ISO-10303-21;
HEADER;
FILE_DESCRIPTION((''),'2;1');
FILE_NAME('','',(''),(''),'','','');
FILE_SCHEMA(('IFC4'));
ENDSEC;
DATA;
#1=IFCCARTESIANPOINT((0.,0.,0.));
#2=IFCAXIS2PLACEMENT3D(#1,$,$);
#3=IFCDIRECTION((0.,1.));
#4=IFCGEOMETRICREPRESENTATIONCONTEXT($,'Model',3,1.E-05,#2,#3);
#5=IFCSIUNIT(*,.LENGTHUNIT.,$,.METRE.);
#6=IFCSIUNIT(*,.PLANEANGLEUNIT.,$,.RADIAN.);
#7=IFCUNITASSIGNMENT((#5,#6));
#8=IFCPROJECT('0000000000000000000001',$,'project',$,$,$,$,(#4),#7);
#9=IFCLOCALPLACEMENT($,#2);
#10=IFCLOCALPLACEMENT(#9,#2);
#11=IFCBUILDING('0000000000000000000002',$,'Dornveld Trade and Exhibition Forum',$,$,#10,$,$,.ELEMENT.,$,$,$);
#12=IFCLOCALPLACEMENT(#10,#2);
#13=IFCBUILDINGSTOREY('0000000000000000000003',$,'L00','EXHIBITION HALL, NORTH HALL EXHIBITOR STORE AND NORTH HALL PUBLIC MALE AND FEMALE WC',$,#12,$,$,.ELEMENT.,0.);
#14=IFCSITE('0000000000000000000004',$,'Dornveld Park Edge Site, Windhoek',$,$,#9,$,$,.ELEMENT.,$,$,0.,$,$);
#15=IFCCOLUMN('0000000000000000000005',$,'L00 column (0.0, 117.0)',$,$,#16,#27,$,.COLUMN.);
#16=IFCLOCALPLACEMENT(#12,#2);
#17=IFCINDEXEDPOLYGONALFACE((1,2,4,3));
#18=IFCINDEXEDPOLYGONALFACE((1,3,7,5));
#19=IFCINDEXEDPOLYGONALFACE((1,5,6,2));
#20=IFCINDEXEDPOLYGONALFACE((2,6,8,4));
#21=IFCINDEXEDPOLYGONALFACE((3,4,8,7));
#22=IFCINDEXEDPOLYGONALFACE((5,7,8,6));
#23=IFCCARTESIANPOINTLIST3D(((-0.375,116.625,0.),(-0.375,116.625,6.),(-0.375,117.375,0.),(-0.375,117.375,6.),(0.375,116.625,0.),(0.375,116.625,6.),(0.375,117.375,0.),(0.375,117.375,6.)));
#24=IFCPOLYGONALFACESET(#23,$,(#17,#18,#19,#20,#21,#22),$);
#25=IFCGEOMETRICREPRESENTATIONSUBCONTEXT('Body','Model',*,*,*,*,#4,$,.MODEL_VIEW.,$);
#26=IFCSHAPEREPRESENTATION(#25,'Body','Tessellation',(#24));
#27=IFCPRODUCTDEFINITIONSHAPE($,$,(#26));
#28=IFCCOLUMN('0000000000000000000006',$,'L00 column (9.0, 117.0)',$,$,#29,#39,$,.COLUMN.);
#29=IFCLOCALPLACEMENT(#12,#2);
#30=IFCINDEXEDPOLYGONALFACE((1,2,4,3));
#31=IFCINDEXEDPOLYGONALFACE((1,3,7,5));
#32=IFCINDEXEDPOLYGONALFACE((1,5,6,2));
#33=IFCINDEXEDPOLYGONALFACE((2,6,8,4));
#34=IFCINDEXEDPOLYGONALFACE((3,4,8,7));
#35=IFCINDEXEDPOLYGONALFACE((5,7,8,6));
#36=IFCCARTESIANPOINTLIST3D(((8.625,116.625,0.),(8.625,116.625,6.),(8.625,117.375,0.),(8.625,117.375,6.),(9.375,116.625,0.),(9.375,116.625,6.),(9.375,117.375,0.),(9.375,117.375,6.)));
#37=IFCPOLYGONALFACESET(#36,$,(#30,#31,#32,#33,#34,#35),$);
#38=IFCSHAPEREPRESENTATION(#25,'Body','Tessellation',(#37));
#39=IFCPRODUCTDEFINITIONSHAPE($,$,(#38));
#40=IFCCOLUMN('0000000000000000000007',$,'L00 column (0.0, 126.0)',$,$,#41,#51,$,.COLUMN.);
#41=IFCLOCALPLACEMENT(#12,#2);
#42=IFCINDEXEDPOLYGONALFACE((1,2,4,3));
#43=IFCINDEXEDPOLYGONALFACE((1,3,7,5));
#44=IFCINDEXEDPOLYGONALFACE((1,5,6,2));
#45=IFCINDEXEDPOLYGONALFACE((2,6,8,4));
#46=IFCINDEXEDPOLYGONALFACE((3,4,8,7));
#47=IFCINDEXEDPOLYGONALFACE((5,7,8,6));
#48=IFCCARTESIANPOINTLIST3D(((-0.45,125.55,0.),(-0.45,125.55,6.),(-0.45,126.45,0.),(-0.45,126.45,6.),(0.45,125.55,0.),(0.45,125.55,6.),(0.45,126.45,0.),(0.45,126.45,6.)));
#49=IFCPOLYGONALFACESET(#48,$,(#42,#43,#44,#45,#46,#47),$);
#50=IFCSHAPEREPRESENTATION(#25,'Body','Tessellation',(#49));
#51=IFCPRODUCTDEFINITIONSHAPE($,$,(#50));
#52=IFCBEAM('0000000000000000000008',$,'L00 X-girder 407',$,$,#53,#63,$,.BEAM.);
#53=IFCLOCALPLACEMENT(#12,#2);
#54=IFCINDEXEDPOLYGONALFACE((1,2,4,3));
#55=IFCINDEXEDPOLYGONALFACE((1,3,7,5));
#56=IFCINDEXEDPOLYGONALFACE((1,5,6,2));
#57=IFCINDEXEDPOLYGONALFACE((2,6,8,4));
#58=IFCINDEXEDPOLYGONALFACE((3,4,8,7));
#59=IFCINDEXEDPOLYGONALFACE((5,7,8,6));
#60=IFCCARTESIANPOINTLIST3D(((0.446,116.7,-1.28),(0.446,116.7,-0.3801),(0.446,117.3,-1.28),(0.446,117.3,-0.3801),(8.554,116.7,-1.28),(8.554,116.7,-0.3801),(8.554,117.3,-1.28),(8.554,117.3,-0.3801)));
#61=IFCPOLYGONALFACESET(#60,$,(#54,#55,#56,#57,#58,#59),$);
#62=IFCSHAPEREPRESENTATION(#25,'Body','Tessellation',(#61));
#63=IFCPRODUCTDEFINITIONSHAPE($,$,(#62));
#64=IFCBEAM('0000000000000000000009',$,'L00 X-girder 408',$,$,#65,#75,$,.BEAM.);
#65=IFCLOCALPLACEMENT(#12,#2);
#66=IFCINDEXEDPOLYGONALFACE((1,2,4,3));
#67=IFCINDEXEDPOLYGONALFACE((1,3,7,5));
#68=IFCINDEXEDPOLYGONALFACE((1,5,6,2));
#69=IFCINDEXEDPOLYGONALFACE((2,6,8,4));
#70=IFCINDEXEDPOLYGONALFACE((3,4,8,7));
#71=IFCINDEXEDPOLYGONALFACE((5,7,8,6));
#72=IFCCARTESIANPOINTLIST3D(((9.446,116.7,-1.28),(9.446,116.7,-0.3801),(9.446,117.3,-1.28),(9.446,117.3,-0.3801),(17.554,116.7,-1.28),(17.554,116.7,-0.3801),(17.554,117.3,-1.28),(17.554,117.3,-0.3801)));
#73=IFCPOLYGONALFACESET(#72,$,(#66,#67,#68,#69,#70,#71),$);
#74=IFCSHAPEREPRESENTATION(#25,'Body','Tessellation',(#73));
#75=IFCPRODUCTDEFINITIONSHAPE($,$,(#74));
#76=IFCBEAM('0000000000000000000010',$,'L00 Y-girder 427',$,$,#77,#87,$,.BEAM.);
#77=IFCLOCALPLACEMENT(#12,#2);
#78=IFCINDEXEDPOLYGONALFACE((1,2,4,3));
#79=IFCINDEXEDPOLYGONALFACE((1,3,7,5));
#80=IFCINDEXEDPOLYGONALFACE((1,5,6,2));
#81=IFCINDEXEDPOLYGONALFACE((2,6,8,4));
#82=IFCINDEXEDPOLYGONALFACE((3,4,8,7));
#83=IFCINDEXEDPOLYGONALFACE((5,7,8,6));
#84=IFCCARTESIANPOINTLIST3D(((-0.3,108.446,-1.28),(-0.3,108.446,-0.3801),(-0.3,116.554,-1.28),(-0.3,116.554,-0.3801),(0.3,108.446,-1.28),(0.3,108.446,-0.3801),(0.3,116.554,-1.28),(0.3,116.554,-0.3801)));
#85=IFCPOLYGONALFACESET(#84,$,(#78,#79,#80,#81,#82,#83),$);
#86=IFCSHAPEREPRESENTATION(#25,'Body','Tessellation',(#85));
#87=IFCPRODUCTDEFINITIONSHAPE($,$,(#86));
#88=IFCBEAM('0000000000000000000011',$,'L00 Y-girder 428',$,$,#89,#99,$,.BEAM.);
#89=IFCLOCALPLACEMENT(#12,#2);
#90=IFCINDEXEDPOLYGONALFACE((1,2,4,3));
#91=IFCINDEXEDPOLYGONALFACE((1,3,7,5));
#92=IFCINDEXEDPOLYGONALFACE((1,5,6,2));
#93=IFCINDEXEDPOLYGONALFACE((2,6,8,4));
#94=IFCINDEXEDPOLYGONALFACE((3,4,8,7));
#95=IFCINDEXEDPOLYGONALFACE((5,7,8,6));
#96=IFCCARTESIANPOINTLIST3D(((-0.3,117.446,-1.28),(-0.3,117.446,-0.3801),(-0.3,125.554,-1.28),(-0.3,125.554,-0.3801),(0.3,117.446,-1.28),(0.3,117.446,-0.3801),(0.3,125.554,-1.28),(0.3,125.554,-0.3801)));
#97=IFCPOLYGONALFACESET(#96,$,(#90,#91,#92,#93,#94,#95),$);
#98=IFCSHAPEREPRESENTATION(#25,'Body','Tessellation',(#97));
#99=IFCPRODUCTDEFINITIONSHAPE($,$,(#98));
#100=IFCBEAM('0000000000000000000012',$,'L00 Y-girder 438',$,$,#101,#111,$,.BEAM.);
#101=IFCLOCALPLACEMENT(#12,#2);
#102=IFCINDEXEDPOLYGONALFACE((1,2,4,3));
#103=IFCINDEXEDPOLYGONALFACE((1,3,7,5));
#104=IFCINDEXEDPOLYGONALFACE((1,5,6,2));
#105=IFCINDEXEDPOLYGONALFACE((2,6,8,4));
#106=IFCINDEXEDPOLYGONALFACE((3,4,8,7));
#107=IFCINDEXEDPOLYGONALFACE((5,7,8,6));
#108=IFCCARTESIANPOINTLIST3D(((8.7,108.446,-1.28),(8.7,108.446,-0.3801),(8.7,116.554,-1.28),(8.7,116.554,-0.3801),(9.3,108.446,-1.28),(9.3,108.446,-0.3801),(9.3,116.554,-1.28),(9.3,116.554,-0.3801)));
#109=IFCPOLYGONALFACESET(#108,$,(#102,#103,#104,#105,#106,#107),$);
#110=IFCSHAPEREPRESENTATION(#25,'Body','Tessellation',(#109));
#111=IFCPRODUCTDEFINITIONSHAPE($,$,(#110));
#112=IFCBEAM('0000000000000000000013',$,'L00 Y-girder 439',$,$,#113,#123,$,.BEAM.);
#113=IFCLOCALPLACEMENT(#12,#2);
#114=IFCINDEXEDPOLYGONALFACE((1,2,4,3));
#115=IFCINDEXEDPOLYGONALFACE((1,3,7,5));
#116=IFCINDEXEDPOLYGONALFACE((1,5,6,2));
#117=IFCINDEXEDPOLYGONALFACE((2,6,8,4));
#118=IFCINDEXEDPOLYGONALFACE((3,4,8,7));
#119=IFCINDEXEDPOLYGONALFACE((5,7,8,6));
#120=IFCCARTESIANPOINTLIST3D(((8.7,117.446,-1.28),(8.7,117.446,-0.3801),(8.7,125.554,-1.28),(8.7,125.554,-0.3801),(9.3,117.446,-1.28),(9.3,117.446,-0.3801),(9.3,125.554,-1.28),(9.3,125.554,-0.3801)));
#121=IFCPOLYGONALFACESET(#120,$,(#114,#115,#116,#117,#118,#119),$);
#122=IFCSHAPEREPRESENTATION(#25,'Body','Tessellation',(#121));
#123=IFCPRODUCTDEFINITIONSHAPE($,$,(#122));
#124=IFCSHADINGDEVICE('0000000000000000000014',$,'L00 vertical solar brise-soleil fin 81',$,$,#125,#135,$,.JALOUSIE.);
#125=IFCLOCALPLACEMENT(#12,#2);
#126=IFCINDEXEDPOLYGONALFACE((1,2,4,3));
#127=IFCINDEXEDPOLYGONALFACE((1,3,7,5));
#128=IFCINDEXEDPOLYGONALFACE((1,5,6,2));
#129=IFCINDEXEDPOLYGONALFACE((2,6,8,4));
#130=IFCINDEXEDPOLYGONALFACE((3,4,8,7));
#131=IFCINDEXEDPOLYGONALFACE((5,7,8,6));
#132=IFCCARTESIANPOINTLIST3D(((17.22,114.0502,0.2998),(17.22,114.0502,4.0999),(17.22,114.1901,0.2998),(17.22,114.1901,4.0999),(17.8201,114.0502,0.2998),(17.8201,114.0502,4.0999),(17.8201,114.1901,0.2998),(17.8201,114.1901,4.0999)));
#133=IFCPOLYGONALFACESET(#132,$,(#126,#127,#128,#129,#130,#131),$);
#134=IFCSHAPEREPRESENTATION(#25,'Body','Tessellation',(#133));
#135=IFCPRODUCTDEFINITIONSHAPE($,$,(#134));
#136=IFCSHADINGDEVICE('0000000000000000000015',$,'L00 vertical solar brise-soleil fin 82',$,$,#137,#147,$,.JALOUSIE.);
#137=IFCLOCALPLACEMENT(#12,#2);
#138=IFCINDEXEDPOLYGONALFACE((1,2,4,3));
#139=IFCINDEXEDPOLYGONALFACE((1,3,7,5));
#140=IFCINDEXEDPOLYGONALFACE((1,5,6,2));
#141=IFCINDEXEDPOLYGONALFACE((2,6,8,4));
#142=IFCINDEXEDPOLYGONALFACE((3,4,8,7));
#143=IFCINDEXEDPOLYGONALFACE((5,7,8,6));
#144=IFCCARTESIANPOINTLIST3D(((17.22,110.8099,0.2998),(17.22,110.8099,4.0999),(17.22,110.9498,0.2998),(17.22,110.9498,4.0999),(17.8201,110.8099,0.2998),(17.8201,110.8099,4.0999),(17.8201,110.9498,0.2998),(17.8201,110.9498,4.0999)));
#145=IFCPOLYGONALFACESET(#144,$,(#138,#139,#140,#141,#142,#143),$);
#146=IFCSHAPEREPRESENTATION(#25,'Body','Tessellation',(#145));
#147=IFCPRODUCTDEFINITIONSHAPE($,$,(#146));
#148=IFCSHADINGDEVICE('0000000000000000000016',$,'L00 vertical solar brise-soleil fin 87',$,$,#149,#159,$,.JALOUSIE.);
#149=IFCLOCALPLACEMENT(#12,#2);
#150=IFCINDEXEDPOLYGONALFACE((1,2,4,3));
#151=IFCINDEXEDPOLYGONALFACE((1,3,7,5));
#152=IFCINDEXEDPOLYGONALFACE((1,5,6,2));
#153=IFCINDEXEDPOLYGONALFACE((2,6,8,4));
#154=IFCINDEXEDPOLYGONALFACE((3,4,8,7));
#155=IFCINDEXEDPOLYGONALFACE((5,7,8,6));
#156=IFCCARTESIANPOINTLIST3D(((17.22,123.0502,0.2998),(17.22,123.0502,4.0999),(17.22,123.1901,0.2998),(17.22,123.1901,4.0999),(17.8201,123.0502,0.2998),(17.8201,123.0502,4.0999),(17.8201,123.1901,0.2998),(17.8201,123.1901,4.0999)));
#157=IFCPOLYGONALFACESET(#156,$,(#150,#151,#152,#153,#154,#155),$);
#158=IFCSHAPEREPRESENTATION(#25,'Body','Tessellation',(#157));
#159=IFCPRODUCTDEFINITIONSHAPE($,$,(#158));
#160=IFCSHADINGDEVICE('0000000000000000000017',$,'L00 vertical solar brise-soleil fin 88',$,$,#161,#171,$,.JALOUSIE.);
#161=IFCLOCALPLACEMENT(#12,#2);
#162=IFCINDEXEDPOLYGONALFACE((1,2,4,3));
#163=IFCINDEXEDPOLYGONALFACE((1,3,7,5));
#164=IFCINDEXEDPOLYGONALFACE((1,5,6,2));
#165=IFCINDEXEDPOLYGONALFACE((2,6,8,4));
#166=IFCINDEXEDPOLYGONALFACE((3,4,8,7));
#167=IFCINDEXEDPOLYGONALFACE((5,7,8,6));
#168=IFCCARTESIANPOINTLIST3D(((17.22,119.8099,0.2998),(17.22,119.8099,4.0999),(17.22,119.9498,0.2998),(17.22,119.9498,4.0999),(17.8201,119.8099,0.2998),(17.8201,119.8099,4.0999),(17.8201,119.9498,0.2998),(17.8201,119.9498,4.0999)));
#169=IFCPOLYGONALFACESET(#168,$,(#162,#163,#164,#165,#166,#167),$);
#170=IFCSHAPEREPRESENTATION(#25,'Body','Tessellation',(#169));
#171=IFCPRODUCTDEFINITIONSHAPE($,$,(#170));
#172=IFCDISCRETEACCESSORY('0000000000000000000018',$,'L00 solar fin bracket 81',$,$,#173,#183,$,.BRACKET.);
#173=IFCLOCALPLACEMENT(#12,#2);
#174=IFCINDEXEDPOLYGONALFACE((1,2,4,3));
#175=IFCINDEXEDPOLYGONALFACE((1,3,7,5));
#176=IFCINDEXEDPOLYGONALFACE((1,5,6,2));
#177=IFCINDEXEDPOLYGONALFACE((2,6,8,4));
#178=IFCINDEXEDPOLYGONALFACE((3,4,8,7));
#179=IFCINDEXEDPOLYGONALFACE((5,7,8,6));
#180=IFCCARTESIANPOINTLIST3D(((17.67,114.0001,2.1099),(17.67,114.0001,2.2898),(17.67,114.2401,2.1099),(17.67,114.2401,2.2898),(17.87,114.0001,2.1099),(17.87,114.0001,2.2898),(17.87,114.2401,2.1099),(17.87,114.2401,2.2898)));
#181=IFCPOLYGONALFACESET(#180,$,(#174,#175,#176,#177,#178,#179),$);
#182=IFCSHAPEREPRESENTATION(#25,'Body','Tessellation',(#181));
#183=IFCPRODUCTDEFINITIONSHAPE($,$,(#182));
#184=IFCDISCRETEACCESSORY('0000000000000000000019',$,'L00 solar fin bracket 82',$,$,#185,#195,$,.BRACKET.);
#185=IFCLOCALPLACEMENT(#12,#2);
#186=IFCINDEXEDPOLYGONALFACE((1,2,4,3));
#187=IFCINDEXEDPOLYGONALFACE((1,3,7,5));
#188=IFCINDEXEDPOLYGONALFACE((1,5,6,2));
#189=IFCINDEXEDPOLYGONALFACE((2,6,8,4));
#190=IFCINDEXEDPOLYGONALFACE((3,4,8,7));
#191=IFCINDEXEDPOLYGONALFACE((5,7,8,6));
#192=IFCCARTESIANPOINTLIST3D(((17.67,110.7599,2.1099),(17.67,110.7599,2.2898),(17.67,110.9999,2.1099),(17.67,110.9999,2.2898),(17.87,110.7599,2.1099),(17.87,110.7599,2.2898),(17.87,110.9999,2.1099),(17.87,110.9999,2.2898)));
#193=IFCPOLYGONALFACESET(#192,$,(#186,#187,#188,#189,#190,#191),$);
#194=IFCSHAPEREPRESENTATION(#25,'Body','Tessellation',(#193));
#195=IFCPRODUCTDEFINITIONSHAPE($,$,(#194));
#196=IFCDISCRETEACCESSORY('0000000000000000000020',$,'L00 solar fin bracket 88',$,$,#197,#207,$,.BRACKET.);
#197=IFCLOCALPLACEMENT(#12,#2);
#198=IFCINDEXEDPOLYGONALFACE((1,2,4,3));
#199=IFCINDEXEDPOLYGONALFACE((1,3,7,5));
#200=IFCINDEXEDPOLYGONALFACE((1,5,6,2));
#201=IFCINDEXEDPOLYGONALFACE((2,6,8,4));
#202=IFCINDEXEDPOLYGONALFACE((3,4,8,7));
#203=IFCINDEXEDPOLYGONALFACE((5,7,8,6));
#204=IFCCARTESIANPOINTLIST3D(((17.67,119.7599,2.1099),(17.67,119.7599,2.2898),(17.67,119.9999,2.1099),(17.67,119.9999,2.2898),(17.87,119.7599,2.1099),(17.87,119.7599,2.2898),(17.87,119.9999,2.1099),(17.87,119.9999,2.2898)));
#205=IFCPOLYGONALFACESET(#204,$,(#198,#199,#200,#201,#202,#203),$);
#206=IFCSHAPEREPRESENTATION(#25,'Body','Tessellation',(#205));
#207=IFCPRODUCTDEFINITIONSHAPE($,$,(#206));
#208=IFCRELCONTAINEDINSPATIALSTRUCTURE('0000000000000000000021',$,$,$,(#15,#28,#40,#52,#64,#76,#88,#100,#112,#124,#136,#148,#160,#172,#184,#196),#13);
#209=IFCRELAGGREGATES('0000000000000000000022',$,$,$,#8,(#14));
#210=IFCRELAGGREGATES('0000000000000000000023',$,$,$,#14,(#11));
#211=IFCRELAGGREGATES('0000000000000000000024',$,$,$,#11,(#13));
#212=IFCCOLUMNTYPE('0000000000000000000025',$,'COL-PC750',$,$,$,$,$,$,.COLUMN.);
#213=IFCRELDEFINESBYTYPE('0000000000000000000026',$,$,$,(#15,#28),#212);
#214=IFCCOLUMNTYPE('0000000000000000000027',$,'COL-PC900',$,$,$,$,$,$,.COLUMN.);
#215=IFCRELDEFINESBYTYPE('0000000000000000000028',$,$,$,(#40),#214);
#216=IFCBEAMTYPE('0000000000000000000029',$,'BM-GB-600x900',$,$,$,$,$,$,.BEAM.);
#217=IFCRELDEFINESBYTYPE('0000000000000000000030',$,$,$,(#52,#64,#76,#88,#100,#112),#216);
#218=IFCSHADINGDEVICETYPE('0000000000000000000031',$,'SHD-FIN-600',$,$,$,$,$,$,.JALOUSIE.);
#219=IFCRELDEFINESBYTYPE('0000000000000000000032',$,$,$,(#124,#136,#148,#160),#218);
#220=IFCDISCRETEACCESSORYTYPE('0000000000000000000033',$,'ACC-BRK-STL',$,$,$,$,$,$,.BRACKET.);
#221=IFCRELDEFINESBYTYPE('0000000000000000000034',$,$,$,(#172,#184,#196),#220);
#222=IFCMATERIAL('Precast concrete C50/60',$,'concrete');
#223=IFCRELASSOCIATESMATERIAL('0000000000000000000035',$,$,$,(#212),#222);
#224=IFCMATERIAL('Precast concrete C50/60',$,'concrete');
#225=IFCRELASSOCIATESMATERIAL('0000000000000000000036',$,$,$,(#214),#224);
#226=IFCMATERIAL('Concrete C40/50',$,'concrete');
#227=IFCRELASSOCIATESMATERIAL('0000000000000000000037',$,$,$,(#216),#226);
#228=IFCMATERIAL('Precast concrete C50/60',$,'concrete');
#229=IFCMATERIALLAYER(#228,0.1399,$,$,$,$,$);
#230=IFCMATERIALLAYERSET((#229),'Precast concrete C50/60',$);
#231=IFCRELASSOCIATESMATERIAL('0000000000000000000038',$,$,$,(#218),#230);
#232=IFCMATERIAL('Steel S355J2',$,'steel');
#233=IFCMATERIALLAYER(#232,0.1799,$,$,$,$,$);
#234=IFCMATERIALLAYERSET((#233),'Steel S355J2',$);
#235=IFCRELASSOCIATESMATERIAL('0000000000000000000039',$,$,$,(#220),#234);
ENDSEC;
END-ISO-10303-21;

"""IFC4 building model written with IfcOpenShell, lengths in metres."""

from ifc_helpers import new_model, si_unit, direction, frame, origin, origin_2d, place, context, subcontext, project, spatial, rectangle, extrude, material, layer, layer_set, material_profile, profile_set, type_object, element, save


model = new_model("IFC4")

# Units and contexts
model_context = context("Model", 3, precision=1e-05, world=origin(), true_north=direction((0.0, 1.0)))
body_context = subcontext(model_context, "Body", "Model", "MODEL_VIEW")
ifc_project = project(units=[si_unit("LENGTHUNIT", "METRE"), si_unit("PLANEANGLEUNIT", "RADIAN")], contexts=[model_context])

# Site, building, storey
site_placement = place(None, origin())
site = spatial("IfcSite", under=ifc_project, at=site_placement, Name="Dornveld Park Edge Site, Windhoek", CompositionType="ELEMENT", RefElevation=0.0)
building_placement = place(site_placement, origin())
building = spatial("IfcBuilding", under=site, at=building_placement, Name="Dornveld Trade and Exhibition Forum", CompositionType="ELEMENT")
storey_placement = place(building_placement, origin())
storey = spatial("IfcBuildingStorey", under=building, at=storey_placement, Name="L00", Description="EXHIBITION HALL, NORTH HALL EXHIBITOR STORE AND NORTH HALL PUBLIC MALE AND FEMALE WC", CompositionType="ELEMENT", Elevation=0.0)

# Columns
ifc_material_1 = material(Name="Precast concrete C50/60", Category="concrete")
ifc_material_profile_1 = material_profile(ifc_material_1, rectangle(XDim=0.75, YDim=0.75, at=origin_2d()), Name="PC-COL 750x750")
ifc_profile_set_1 = profile_set([ifc_material_profile_1], Name="Precast concrete C50/60")
column_type_1 = type_object("IfcColumnType", Name="COL-PC750", PredefinedType="COLUMN", material=ifc_profile_set_1)
for number, where, z_axis, x_axis, name in (
    (1, (0.0, 117.0, 0.0), (0.0, 0.0, 1.0), (1.0, 0.0, 0.0), "L00 column (0.0, 117.0)"),
    (2, (9.0, 117.0, 0.0), (0.0, 0.0, 1.0), (1.0, 0.0, 0.0), "L00 column (9.0, 117.0)"),
):
    element("IfcColumn", number, at=place(storey_placement, frame(where, z_axis=z_axis, x_axis=x_axis)), inside=storey, type_object=column_type_1, Name=name, PredefinedType="COLUMN", context=body_context, shape_type="SweptSolid", body=[
        extrude(rectangle(XDim=0.75, YDim=0.75, at=origin_2d()), origin(), (0.0, 0.0, 1.0), 6.0),
    ])
ifc_material_2 = material(Name="Precast concrete C50/60", Category="concrete")
ifc_material_profile_2 = material_profile(ifc_material_2, rectangle(XDim=0.8999, YDim=0.8999, at=origin_2d()), Name="PC-COL 900x900")
ifc_profile_set_2 = profile_set([ifc_material_profile_2], Name="Precast concrete C50/60")
column_type_2 = type_object("IfcColumnType", Name="COL-PC900", PredefinedType="COLUMN", material=ifc_profile_set_2)
column_placement = place(storey_placement, frame((0.0, 126.0, 0.0), z_axis=(0.0, 0.0, 1.0), x_axis=(1.0, 0.0, 0.0)))
element("IfcColumn", 3, at=column_placement, inside=storey, type_object=column_type_2, Name="L00 column (0.0, 126.0)", PredefinedType="COLUMN", context=body_context, shape_type="SweptSolid", body=[
    extrude(rectangle(XDim=0.8999, YDim=0.8999, at=origin_2d()), origin(), (0.0, 0.0, 1.0), 6.0),
])

# Beams
ifc_material_3 = material(Name="Concrete C40/50", Category="concrete")
ifc_material_profile_3 = material_profile(ifc_material_3, rectangle(XDim=0.6001, YDim=0.8999, at=origin_2d()), Name="RC-GB 600x900")
ifc_profile_set_3 = profile_set([ifc_material_profile_3], Name="Concrete C40/50")
beam_type = type_object("IfcBeamType", Name="BM-GB-600x900", PredefinedType="BEAM", material=ifc_profile_set_3)
for number, where, z_axis, x_axis, name in (
    (4, (0.446, 117.0, -0.8301), (1.0, 0.0, 0.0), (0.0, 1.0, 0.0), "L00 X-girder 407"),
    (5, (9.446, 117.0, -0.8301), (1.0, 0.0, 0.0), (0.0, 1.0, 0.0), "L00 X-girder 408"),
    (6, (0.0, 108.446, -0.8301), (0.0, 1.0, 0.0), (-1.0, 0.0, 0.0), "L00 Y-girder 427"),
    (7, (0.0, 117.446, -0.8301), (0.0, 1.0, 0.0), (-1.0, 0.0, 0.0), "L00 Y-girder 428"),
    (8, (9.0, 108.446, -0.8301), (0.0, 1.0, 0.0), (-1.0, 0.0, 0.0), "L00 Y-girder 438"),
    (9, (9.0, 117.446, -0.8301), (0.0, 1.0, 0.0), (-1.0, 0.0, 0.0), "L00 Y-girder 439"),
):
    element("IfcBeam", number, at=place(storey_placement, frame(where, z_axis=z_axis, x_axis=x_axis)), inside=storey, type_object=beam_type, Name=name, PredefinedType="BEAM", context=body_context, shape_type="SweptSolid", body=[
        extrude(rectangle(XDim=0.6001, YDim=0.8999, at=origin_2d()), origin(), (0.0, 0.0, 1.0), 8.1079),
    ])

# Shading devices
ifc_material_4 = material(Name="Precast concrete C50/60", Category="concrete")
ifc_layer_1 = layer(ifc_material_4, 0.1399)
ifc_layer_set_1 = layer_set([ifc_layer_1], Name="Precast concrete C50/60")
shading_device_type = type_object("IfcShadingDeviceType", Name="SHD-FIN-600", PredefinedType="JALOUSIE", material=ifc_layer_set_1)
for number, where, z_axis, x_axis, name in (
    (10, (17.52, 114.1201, 0.2998), (0.0, 0.0, 1.0), (0.0, -1.0, 0.0), "L00 vertical solar brise-soleil fin 81"),
    (11, (17.52, 110.8799, 0.2998), (0.0, 0.0, 1.0), (0.0, -1.0, 0.0), "L00 vertical solar brise-soleil fin 82"),
    (12, (17.52, 123.1201, 0.2998), (0.0, 0.0, 1.0), (0.0, -1.0, 0.0), "L00 vertical solar brise-soleil fin 87"),
    (13, (17.52, 119.8799, 0.2998), (0.0, 0.0, 1.0), (0.0, -1.0, 0.0), "L00 vertical solar brise-soleil fin 88"),
):
    element("IfcShadingDevice", number, at=place(storey_placement, frame(where, z_axis=z_axis, x_axis=x_axis)), inside=storey, type_object=shading_device_type, Name=name, PredefinedType="JALOUSIE", context=body_context, shape_type="SweptSolid", body=[
        extrude(rectangle(XDim=0.1399, YDim=0.6001, at=origin_2d()), origin(), (0.0, 0.0, 1.0), 3.8),
    ])

# Discrete accessories
ifc_material_5 = material(Name="Steel S355J2", Category="steel")
ifc_layer_2 = layer(ifc_material_5, 0.1799)
ifc_layer_set_2 = layer_set([ifc_layer_2], Name="Steel S355J2")
discrete_accessory_type = type_object("IfcDiscreteAccessoryType", Name="ACC-BRK-STL", PredefinedType="BRACKET", material=ifc_layer_set_2)
for number, where, z_axis, x_axis, name in (
    (14, (17.77, 114.1201, 2.1099), (0.0, 0.0, 1.0), (0.0, -1.0, 0.0), "L00 solar fin bracket 81"),
    (15, (17.77, 110.8799, 2.1099), (0.0, 0.0, 1.0), (0.0, -1.0, 0.0), "L00 solar fin bracket 82"),
    (16, (17.77, 119.8799, 2.1099), (0.0, 0.0, 1.0), (0.0, -1.0, 0.0), "L00 solar fin bracket 88"),
):
    element("IfcDiscreteAccessory", number, at=place(storey_placement, frame(where, z_axis=z_axis, x_axis=x_axis)), inside=storey, type_object=discrete_accessory_type, Name=name, PredefinedType="BRACKET", context=body_context, shape_type="SweptSolid", body=[
        extrude(rectangle(XDim=0.24, YDim=0.2, at=origin_2d()), origin(), (0.0, 0.0, 1.0), 0.1799),
    ])

save(model, "model.ifc")
